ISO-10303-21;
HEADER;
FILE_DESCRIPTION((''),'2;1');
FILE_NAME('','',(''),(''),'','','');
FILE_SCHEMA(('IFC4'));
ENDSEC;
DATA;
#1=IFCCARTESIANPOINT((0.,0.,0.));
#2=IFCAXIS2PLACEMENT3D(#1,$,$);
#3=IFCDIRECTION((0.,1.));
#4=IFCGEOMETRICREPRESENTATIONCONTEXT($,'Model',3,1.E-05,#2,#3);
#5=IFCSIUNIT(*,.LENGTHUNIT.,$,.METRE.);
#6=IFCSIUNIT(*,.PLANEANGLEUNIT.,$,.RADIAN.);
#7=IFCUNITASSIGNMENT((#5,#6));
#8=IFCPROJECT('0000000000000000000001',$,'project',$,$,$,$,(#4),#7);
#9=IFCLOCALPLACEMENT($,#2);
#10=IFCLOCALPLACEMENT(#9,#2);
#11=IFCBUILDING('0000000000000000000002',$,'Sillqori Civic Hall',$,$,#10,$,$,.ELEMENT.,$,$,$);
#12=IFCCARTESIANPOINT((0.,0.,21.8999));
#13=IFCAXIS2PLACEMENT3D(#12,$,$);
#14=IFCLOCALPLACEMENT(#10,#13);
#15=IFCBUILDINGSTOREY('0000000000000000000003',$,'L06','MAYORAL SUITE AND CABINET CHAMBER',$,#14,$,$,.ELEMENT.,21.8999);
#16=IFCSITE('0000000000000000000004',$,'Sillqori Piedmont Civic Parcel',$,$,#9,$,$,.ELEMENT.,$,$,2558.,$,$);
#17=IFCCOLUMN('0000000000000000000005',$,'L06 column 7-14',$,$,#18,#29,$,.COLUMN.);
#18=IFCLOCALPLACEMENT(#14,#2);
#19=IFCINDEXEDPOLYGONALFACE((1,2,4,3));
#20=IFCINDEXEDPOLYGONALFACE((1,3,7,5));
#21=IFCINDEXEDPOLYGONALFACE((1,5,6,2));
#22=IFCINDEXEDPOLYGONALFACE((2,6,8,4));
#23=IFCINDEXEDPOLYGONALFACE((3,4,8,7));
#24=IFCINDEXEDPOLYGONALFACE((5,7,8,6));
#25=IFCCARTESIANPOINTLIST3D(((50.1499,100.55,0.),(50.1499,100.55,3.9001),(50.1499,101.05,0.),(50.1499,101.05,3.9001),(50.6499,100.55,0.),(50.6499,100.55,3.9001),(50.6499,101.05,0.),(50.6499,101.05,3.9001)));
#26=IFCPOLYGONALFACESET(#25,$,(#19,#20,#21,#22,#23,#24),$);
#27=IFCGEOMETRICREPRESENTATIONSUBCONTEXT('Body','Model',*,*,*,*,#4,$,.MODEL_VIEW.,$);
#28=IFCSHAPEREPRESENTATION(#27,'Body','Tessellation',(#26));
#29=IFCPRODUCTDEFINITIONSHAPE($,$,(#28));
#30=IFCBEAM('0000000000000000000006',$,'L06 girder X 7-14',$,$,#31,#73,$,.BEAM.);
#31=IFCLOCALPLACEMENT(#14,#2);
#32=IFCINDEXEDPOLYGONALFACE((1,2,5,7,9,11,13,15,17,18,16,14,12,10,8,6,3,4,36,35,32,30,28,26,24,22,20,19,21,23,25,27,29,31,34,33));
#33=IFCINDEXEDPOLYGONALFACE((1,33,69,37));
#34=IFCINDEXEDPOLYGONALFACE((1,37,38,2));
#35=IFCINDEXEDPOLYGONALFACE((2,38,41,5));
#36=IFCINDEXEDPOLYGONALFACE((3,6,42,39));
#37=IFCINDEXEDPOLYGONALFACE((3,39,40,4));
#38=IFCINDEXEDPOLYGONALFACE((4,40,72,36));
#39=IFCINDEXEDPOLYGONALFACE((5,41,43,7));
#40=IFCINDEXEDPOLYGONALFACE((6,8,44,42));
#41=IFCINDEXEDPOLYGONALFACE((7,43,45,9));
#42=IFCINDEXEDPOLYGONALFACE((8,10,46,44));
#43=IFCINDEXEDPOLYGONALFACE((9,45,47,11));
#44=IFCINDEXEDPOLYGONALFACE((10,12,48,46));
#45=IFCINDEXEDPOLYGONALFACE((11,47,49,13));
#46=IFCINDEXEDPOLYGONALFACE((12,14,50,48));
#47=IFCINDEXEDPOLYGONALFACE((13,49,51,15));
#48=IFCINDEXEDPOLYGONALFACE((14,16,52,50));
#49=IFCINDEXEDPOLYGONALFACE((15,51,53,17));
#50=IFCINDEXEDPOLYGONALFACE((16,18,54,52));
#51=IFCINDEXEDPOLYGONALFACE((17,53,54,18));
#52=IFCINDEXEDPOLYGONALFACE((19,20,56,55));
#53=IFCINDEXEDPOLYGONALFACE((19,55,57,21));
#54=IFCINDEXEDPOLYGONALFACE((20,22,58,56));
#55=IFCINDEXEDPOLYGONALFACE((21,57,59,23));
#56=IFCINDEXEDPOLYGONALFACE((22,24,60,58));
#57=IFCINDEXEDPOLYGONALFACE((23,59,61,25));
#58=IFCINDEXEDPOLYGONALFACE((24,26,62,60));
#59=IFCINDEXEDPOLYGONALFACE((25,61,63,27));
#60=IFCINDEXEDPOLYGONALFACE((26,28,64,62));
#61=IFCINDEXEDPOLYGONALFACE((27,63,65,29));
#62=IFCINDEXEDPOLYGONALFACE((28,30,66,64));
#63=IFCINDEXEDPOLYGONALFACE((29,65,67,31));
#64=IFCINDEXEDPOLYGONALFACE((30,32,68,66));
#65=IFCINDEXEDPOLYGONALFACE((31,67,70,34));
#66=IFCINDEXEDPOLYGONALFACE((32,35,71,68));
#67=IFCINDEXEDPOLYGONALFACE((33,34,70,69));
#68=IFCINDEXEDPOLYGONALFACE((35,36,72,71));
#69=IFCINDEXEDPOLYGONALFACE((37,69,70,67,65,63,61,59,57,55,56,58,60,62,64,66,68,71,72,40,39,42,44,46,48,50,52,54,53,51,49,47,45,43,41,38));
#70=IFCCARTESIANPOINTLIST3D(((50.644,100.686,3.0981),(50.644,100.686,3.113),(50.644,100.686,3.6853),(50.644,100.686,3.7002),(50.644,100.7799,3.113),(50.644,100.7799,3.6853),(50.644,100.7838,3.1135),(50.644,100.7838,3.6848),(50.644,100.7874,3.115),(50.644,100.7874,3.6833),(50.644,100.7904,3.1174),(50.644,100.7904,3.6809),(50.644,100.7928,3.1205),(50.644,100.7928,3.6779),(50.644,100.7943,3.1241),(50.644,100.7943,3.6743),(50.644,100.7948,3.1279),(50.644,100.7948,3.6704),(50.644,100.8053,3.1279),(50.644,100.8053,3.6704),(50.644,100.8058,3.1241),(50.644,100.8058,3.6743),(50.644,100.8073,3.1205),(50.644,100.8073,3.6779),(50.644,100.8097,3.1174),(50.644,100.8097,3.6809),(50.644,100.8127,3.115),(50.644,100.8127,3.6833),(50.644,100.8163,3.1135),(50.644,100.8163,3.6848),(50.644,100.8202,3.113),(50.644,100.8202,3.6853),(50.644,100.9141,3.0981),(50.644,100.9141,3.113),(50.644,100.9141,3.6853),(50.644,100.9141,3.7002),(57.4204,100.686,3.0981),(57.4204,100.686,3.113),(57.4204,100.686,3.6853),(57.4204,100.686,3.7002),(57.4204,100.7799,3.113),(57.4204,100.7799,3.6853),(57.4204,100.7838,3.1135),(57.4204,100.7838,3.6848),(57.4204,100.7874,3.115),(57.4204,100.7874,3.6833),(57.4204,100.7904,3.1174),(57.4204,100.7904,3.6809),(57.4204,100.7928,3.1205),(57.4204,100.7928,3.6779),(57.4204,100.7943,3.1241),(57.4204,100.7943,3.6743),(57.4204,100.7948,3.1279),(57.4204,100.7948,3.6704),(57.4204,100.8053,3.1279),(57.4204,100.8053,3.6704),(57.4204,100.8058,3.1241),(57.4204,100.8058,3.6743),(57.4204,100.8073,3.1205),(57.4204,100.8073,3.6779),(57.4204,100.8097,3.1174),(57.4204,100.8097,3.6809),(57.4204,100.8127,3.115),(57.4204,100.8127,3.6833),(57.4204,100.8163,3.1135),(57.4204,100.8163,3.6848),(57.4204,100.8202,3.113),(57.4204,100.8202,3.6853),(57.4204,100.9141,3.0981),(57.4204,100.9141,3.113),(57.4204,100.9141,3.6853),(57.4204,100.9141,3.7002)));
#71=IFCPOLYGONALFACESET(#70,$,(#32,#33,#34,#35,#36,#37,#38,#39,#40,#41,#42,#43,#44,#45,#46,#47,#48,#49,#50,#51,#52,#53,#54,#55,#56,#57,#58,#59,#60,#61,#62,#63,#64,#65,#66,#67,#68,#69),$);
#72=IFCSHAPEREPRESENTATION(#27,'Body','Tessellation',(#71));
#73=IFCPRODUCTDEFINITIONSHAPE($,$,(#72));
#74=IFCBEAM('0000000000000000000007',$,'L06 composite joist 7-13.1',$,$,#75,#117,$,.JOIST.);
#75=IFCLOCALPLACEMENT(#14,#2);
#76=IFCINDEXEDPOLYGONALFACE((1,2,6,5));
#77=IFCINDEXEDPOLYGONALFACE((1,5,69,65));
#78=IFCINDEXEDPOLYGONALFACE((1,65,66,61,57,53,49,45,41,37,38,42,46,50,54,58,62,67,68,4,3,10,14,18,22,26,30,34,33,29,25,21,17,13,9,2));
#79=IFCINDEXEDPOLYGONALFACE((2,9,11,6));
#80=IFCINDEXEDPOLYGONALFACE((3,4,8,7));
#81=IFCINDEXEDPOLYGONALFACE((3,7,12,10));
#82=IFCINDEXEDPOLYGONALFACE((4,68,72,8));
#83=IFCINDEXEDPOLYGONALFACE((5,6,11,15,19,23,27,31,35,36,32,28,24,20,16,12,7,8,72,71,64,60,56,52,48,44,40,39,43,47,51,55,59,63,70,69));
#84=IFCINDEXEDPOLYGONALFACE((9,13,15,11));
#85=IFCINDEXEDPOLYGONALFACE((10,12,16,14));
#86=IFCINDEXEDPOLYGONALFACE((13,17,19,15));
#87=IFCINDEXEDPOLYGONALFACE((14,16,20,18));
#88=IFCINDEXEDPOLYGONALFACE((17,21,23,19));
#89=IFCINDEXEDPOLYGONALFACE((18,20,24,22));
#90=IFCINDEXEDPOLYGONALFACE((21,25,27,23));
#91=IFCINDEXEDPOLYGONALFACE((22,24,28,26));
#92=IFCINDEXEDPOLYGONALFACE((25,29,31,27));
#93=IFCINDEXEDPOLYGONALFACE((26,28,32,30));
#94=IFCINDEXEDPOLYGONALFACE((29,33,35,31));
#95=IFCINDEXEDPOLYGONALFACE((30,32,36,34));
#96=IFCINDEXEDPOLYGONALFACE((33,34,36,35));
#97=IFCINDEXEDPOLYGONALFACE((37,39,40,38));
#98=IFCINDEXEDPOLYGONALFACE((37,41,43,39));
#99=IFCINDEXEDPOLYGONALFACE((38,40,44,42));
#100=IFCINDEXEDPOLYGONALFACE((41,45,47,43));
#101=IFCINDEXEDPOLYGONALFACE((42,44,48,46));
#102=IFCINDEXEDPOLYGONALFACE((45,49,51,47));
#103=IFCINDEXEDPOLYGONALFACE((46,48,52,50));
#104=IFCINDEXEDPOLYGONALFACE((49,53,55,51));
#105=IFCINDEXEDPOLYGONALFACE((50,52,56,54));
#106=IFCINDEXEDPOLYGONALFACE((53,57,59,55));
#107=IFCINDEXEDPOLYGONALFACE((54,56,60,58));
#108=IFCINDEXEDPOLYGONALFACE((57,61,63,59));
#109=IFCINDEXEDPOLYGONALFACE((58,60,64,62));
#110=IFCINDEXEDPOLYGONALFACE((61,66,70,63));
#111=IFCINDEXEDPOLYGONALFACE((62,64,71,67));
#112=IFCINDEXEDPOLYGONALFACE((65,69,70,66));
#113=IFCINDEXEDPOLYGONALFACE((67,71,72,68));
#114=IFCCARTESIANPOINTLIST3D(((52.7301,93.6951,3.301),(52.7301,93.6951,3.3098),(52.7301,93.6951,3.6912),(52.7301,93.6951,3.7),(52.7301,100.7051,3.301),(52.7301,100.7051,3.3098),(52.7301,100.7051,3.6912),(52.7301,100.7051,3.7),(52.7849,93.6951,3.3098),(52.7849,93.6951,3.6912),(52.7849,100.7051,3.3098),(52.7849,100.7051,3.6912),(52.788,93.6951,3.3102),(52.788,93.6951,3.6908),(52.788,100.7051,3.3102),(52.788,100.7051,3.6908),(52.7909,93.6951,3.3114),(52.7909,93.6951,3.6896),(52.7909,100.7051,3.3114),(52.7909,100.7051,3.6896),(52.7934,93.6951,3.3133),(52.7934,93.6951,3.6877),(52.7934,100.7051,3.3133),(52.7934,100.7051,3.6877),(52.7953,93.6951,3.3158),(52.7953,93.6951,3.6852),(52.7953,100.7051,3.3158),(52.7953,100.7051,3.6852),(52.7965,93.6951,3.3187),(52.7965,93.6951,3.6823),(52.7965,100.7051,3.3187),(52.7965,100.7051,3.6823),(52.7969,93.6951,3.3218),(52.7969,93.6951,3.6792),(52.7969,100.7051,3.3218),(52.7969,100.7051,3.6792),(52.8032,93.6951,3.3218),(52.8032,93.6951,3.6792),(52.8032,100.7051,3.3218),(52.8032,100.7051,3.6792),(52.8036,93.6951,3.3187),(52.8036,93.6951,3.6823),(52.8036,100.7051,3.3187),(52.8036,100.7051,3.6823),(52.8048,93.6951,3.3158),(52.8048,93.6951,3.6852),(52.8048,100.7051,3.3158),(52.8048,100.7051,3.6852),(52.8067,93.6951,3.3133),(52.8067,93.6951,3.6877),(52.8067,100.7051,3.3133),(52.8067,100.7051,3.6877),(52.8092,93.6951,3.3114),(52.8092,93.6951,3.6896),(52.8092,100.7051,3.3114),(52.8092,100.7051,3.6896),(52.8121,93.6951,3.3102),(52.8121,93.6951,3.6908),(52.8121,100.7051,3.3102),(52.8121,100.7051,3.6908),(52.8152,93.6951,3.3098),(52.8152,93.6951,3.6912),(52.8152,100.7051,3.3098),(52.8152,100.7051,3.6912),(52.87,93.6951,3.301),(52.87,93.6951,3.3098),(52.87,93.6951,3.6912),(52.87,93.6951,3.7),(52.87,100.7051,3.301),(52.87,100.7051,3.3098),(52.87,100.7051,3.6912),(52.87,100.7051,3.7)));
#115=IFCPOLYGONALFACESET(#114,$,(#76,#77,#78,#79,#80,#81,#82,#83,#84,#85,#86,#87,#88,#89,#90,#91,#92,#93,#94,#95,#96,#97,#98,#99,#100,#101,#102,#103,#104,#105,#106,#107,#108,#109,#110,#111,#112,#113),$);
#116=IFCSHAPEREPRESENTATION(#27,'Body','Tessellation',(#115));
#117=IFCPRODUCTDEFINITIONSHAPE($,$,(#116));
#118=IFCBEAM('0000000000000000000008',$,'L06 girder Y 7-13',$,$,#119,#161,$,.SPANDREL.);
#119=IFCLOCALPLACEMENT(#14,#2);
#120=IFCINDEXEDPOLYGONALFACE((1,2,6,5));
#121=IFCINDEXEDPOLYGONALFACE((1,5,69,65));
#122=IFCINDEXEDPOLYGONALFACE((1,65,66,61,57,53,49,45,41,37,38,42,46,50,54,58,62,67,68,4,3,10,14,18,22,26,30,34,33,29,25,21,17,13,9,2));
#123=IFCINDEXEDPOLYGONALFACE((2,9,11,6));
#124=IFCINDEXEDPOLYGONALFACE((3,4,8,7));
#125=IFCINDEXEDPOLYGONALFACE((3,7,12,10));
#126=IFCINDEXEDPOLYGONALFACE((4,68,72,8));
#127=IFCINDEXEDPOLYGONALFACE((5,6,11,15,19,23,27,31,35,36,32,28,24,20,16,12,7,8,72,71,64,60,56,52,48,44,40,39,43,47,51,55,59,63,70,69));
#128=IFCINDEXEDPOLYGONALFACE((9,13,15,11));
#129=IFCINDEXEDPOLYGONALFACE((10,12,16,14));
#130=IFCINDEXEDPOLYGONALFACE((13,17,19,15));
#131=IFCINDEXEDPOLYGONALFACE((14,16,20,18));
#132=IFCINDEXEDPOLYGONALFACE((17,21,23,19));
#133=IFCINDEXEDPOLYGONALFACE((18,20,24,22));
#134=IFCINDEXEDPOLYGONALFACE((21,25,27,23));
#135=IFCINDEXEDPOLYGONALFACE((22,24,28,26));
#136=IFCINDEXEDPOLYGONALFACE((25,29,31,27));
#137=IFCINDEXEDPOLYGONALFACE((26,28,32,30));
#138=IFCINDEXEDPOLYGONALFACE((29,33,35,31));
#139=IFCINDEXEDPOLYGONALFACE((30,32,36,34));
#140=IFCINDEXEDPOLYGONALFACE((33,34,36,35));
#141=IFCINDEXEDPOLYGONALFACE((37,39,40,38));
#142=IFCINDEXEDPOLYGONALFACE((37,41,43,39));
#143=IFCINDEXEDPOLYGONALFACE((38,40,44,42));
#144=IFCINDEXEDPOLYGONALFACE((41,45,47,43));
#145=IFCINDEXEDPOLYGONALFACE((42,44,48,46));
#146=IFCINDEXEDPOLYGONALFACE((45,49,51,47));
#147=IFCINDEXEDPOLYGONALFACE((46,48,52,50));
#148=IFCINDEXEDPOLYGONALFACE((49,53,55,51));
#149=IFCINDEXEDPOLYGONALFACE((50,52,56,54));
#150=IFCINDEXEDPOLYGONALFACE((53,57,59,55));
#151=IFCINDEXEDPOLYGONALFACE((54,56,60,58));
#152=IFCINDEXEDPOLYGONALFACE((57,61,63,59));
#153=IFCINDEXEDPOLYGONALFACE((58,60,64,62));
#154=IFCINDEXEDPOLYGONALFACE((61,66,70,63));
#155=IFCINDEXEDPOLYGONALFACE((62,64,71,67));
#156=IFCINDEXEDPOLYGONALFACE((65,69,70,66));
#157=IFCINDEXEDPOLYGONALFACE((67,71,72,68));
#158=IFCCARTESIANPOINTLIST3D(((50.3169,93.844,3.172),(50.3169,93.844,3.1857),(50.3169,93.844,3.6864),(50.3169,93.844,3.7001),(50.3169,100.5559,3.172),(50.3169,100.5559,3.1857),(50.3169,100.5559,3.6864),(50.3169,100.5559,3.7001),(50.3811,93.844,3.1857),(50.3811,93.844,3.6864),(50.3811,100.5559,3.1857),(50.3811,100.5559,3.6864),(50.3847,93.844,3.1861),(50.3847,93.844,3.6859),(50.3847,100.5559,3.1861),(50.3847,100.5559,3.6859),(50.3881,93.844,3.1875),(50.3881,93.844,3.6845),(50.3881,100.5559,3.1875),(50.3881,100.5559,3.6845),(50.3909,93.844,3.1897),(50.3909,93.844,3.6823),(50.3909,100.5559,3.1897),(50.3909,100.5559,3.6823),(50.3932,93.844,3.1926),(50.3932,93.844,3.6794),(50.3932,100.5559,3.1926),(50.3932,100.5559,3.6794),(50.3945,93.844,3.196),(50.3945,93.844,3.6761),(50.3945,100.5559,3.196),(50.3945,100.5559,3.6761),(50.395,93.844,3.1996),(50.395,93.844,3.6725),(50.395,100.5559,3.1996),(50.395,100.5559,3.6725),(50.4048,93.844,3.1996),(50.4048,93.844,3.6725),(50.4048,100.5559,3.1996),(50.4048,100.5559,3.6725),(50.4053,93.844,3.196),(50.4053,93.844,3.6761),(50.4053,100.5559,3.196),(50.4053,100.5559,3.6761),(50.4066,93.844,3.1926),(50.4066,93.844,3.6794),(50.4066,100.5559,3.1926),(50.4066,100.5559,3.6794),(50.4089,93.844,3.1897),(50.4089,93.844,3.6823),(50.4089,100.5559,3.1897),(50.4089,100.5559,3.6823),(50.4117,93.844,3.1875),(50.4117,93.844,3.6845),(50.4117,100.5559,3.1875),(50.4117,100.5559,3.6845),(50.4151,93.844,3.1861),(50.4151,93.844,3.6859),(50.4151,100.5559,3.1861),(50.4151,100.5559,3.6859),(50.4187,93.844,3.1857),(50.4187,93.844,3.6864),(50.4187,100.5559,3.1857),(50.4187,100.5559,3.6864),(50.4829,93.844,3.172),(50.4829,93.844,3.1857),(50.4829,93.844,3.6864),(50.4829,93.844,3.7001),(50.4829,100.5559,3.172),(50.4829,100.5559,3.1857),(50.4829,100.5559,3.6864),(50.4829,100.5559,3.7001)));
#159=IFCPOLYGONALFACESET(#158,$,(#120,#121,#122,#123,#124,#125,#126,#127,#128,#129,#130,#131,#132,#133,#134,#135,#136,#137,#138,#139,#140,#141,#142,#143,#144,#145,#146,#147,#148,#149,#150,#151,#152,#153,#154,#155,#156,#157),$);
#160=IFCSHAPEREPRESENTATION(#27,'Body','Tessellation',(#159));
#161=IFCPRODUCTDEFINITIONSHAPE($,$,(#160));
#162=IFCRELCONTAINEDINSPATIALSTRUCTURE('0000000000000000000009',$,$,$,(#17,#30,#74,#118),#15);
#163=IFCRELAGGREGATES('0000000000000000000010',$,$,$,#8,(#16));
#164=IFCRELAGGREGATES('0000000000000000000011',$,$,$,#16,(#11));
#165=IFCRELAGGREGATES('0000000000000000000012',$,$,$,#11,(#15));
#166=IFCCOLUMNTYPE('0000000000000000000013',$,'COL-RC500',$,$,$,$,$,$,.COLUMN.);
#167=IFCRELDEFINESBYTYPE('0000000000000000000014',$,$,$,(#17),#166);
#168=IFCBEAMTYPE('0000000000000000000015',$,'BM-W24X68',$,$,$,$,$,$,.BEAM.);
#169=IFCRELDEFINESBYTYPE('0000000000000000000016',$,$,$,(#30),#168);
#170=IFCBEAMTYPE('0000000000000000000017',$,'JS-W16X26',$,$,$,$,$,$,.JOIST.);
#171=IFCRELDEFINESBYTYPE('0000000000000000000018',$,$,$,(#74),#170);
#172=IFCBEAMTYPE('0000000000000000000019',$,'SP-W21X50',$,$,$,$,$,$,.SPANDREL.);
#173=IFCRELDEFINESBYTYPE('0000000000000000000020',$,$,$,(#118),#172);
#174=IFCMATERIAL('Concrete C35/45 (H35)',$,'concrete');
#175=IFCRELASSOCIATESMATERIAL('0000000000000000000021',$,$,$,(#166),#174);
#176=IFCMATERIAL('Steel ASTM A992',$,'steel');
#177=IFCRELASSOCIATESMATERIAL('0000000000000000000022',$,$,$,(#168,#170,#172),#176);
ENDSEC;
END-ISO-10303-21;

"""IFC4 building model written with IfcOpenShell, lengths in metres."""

from ifc_helpers import new_model, si_unit, direction, frame, origin, origin_2d, place, context, subcontext, project, spatial, rectangle, i_section, extrude, material, material_profile, profile_set, type_object, element, save


model = new_model("IFC4")

# Units and contexts
model_context = context("Model", 3, precision=1e-05, world=origin(), true_north=direction((0.0, 1.0)))
body_context = subcontext(model_context, "Body", "Model", "MODEL_VIEW")
ifc_project = project(units=[si_unit("LENGTHUNIT", "METRE"), si_unit("PLANEANGLEUNIT", "RADIAN")], contexts=[model_context])

# Site, building, storey
site_placement = place(None, origin())
site = spatial("IfcSite", under=ifc_project, at=site_placement, Name="Sillqori Piedmont Civic Parcel", CompositionType="ELEMENT", RefElevation=2558.0)
building_placement = place(site_placement, origin())
building = spatial("IfcBuilding", under=site, at=building_placement, Name="Sillqori Civic Hall", CompositionType="ELEMENT")
storey_placement = place(building_placement, frame((0.0, 0.0, 21.8999)))
storey = spatial("IfcBuildingStorey", under=building, at=storey_placement, Name="L06", Description="MAYORAL SUITE AND CABINET CHAMBER", CompositionType="ELEMENT", Elevation=21.8999)

# Column
ifc_material_1 = material(Name="Concrete C35/45 (H35)", Category="concrete")
ifc_material_profile_1 = material_profile(ifc_material_1, rectangle(XDim=0.5, YDim=0.5, at=origin_2d()), Name="RC 500x500")
ifc_profile_set_1 = profile_set([ifc_material_profile_1], Name="Concrete C35/45 (H35)")
column_type = type_object("IfcColumnType", Name="COL-RC500", PredefinedType="COLUMN", material=ifc_profile_set_1)
column_placement = place(storey_placement, frame((50.3999, 100.8, 0.0), z_axis=(0.0, 0.0, 1.0), x_axis=(1.0, 0.0, 0.0)))
element("IfcColumn", 1, at=column_placement, inside=storey, type_object=column_type, Name="L06 column 7-14", PredefinedType="COLUMN", context=body_context, shape_type="SweptSolid", body=[
    extrude(rectangle(XDim=0.5, YDim=0.5, at=origin_2d()), origin(), (0.0, 0.0, 1.0), 3.9001),
])

# Beam
ifc_material_2 = material(Name="Steel ASTM A992", Category="steel")
ifc_material_profile_2 = material_profile(ifc_material_2, i_section(OverallWidth=0.228, OverallDepth=0.6021, WebThickness=0.0105, FlangeThickness=0.0149, FilletRadius=0.0149, at=origin_2d()), Name="W24X68")
ifc_profile_set_2 = profile_set([ifc_material_profile_2], Name="Steel ASTM A992")
beam_type_1 = type_object("IfcBeamType", Name="BM-W24X68", PredefinedType="BEAM", material=ifc_profile_set_2)
beam_1_placement = place(storey_placement, frame((50.644, 100.8, 3.3992), z_axis=(1.0, 0.0, 0.0), x_axis=(0.0, 1.0, 0.0)))
element("IfcBeam", 2, at=beam_1_placement, inside=storey, type_object=beam_type_1, Name="L06 girder X 7-14", PredefinedType="BEAM", context=body_context, shape_type="SweptSolid", body=[
    extrude(i_section(OverallWidth=0.228, OverallDepth=0.6021, WebThickness=0.0105, FlangeThickness=0.0149, FilletRadius=0.0149, at=origin_2d()), origin(), (0.0, 0.0, 1.0), 6.7764),
])

# Beams
ifc_material_profile_3 = material_profile(ifc_material_2, i_section(OverallWidth=0.1399, OverallDepth=0.3989, WebThickness=0.0063, FlangeThickness=0.0088, FilletRadius=0.012, at=origin_2d()), Name="W16X26")
ifc_profile_set_3 = profile_set([ifc_material_profile_3], Name="Steel ASTM A992")
beam_type_2 = type_object("IfcBeamType", Name="JS-W16X26", PredefinedType="JOIST", material=ifc_profile_set_3)
beam_2_placement = place(storey_placement, frame((52.8, 93.6951, 3.5005), z_axis=(0.0, 1.0, 0.0), x_axis=(-1.0, 0.0, 0.0)))
element("IfcBeam", 3, at=beam_2_placement, inside=storey, type_object=beam_type_2, Name="L06 composite joist 7-13.1", PredefinedType="JOIST", context=body_context, shape_type="SweptSolid", body=[
    extrude(i_section(OverallWidth=0.1399, OverallDepth=0.3989, WebThickness=0.0063, FlangeThickness=0.0088, FilletRadius=0.012, at=origin_2d()), origin(), (0.0, 0.0, 1.0), 7.01),
])
ifc_material_profile_4 = material_profile(ifc_material_2, i_section(OverallWidth=0.166, OverallDepth=0.5281, WebThickness=0.0098, FlangeThickness=0.0137, FilletRadius=0.0139, at=origin_2d()), Name="W21X50")
ifc_profile_set_4 = profile_set([ifc_material_profile_4], Name="Steel ASTM A992")
beam_type_3 = type_object("IfcBeamType", Name="SP-W21X50", PredefinedType="SPANDREL", material=ifc_profile_set_4)
beam_3_placement = place(storey_placement, frame((50.3999, 93.844, 3.436), z_axis=(0.0, 1.0, 0.0), x_axis=(-1.0, 0.0, 0.0)))
element("IfcBeam", 4, at=beam_3_placement, inside=storey, type_object=beam_type_3, Name="L06 girder Y 7-13", PredefinedType="SPANDREL", context=body_context, shape_type="SweptSolid", body=[
    extrude(i_section(OverallWidth=0.166, OverallDepth=0.5281, WebThickness=0.0098, FlangeThickness=0.0137, FilletRadius=0.0139, at=origin_2d()), origin(), (0.0, 0.0, 1.0), 6.7119),
])

save(model, "model.ifc")
